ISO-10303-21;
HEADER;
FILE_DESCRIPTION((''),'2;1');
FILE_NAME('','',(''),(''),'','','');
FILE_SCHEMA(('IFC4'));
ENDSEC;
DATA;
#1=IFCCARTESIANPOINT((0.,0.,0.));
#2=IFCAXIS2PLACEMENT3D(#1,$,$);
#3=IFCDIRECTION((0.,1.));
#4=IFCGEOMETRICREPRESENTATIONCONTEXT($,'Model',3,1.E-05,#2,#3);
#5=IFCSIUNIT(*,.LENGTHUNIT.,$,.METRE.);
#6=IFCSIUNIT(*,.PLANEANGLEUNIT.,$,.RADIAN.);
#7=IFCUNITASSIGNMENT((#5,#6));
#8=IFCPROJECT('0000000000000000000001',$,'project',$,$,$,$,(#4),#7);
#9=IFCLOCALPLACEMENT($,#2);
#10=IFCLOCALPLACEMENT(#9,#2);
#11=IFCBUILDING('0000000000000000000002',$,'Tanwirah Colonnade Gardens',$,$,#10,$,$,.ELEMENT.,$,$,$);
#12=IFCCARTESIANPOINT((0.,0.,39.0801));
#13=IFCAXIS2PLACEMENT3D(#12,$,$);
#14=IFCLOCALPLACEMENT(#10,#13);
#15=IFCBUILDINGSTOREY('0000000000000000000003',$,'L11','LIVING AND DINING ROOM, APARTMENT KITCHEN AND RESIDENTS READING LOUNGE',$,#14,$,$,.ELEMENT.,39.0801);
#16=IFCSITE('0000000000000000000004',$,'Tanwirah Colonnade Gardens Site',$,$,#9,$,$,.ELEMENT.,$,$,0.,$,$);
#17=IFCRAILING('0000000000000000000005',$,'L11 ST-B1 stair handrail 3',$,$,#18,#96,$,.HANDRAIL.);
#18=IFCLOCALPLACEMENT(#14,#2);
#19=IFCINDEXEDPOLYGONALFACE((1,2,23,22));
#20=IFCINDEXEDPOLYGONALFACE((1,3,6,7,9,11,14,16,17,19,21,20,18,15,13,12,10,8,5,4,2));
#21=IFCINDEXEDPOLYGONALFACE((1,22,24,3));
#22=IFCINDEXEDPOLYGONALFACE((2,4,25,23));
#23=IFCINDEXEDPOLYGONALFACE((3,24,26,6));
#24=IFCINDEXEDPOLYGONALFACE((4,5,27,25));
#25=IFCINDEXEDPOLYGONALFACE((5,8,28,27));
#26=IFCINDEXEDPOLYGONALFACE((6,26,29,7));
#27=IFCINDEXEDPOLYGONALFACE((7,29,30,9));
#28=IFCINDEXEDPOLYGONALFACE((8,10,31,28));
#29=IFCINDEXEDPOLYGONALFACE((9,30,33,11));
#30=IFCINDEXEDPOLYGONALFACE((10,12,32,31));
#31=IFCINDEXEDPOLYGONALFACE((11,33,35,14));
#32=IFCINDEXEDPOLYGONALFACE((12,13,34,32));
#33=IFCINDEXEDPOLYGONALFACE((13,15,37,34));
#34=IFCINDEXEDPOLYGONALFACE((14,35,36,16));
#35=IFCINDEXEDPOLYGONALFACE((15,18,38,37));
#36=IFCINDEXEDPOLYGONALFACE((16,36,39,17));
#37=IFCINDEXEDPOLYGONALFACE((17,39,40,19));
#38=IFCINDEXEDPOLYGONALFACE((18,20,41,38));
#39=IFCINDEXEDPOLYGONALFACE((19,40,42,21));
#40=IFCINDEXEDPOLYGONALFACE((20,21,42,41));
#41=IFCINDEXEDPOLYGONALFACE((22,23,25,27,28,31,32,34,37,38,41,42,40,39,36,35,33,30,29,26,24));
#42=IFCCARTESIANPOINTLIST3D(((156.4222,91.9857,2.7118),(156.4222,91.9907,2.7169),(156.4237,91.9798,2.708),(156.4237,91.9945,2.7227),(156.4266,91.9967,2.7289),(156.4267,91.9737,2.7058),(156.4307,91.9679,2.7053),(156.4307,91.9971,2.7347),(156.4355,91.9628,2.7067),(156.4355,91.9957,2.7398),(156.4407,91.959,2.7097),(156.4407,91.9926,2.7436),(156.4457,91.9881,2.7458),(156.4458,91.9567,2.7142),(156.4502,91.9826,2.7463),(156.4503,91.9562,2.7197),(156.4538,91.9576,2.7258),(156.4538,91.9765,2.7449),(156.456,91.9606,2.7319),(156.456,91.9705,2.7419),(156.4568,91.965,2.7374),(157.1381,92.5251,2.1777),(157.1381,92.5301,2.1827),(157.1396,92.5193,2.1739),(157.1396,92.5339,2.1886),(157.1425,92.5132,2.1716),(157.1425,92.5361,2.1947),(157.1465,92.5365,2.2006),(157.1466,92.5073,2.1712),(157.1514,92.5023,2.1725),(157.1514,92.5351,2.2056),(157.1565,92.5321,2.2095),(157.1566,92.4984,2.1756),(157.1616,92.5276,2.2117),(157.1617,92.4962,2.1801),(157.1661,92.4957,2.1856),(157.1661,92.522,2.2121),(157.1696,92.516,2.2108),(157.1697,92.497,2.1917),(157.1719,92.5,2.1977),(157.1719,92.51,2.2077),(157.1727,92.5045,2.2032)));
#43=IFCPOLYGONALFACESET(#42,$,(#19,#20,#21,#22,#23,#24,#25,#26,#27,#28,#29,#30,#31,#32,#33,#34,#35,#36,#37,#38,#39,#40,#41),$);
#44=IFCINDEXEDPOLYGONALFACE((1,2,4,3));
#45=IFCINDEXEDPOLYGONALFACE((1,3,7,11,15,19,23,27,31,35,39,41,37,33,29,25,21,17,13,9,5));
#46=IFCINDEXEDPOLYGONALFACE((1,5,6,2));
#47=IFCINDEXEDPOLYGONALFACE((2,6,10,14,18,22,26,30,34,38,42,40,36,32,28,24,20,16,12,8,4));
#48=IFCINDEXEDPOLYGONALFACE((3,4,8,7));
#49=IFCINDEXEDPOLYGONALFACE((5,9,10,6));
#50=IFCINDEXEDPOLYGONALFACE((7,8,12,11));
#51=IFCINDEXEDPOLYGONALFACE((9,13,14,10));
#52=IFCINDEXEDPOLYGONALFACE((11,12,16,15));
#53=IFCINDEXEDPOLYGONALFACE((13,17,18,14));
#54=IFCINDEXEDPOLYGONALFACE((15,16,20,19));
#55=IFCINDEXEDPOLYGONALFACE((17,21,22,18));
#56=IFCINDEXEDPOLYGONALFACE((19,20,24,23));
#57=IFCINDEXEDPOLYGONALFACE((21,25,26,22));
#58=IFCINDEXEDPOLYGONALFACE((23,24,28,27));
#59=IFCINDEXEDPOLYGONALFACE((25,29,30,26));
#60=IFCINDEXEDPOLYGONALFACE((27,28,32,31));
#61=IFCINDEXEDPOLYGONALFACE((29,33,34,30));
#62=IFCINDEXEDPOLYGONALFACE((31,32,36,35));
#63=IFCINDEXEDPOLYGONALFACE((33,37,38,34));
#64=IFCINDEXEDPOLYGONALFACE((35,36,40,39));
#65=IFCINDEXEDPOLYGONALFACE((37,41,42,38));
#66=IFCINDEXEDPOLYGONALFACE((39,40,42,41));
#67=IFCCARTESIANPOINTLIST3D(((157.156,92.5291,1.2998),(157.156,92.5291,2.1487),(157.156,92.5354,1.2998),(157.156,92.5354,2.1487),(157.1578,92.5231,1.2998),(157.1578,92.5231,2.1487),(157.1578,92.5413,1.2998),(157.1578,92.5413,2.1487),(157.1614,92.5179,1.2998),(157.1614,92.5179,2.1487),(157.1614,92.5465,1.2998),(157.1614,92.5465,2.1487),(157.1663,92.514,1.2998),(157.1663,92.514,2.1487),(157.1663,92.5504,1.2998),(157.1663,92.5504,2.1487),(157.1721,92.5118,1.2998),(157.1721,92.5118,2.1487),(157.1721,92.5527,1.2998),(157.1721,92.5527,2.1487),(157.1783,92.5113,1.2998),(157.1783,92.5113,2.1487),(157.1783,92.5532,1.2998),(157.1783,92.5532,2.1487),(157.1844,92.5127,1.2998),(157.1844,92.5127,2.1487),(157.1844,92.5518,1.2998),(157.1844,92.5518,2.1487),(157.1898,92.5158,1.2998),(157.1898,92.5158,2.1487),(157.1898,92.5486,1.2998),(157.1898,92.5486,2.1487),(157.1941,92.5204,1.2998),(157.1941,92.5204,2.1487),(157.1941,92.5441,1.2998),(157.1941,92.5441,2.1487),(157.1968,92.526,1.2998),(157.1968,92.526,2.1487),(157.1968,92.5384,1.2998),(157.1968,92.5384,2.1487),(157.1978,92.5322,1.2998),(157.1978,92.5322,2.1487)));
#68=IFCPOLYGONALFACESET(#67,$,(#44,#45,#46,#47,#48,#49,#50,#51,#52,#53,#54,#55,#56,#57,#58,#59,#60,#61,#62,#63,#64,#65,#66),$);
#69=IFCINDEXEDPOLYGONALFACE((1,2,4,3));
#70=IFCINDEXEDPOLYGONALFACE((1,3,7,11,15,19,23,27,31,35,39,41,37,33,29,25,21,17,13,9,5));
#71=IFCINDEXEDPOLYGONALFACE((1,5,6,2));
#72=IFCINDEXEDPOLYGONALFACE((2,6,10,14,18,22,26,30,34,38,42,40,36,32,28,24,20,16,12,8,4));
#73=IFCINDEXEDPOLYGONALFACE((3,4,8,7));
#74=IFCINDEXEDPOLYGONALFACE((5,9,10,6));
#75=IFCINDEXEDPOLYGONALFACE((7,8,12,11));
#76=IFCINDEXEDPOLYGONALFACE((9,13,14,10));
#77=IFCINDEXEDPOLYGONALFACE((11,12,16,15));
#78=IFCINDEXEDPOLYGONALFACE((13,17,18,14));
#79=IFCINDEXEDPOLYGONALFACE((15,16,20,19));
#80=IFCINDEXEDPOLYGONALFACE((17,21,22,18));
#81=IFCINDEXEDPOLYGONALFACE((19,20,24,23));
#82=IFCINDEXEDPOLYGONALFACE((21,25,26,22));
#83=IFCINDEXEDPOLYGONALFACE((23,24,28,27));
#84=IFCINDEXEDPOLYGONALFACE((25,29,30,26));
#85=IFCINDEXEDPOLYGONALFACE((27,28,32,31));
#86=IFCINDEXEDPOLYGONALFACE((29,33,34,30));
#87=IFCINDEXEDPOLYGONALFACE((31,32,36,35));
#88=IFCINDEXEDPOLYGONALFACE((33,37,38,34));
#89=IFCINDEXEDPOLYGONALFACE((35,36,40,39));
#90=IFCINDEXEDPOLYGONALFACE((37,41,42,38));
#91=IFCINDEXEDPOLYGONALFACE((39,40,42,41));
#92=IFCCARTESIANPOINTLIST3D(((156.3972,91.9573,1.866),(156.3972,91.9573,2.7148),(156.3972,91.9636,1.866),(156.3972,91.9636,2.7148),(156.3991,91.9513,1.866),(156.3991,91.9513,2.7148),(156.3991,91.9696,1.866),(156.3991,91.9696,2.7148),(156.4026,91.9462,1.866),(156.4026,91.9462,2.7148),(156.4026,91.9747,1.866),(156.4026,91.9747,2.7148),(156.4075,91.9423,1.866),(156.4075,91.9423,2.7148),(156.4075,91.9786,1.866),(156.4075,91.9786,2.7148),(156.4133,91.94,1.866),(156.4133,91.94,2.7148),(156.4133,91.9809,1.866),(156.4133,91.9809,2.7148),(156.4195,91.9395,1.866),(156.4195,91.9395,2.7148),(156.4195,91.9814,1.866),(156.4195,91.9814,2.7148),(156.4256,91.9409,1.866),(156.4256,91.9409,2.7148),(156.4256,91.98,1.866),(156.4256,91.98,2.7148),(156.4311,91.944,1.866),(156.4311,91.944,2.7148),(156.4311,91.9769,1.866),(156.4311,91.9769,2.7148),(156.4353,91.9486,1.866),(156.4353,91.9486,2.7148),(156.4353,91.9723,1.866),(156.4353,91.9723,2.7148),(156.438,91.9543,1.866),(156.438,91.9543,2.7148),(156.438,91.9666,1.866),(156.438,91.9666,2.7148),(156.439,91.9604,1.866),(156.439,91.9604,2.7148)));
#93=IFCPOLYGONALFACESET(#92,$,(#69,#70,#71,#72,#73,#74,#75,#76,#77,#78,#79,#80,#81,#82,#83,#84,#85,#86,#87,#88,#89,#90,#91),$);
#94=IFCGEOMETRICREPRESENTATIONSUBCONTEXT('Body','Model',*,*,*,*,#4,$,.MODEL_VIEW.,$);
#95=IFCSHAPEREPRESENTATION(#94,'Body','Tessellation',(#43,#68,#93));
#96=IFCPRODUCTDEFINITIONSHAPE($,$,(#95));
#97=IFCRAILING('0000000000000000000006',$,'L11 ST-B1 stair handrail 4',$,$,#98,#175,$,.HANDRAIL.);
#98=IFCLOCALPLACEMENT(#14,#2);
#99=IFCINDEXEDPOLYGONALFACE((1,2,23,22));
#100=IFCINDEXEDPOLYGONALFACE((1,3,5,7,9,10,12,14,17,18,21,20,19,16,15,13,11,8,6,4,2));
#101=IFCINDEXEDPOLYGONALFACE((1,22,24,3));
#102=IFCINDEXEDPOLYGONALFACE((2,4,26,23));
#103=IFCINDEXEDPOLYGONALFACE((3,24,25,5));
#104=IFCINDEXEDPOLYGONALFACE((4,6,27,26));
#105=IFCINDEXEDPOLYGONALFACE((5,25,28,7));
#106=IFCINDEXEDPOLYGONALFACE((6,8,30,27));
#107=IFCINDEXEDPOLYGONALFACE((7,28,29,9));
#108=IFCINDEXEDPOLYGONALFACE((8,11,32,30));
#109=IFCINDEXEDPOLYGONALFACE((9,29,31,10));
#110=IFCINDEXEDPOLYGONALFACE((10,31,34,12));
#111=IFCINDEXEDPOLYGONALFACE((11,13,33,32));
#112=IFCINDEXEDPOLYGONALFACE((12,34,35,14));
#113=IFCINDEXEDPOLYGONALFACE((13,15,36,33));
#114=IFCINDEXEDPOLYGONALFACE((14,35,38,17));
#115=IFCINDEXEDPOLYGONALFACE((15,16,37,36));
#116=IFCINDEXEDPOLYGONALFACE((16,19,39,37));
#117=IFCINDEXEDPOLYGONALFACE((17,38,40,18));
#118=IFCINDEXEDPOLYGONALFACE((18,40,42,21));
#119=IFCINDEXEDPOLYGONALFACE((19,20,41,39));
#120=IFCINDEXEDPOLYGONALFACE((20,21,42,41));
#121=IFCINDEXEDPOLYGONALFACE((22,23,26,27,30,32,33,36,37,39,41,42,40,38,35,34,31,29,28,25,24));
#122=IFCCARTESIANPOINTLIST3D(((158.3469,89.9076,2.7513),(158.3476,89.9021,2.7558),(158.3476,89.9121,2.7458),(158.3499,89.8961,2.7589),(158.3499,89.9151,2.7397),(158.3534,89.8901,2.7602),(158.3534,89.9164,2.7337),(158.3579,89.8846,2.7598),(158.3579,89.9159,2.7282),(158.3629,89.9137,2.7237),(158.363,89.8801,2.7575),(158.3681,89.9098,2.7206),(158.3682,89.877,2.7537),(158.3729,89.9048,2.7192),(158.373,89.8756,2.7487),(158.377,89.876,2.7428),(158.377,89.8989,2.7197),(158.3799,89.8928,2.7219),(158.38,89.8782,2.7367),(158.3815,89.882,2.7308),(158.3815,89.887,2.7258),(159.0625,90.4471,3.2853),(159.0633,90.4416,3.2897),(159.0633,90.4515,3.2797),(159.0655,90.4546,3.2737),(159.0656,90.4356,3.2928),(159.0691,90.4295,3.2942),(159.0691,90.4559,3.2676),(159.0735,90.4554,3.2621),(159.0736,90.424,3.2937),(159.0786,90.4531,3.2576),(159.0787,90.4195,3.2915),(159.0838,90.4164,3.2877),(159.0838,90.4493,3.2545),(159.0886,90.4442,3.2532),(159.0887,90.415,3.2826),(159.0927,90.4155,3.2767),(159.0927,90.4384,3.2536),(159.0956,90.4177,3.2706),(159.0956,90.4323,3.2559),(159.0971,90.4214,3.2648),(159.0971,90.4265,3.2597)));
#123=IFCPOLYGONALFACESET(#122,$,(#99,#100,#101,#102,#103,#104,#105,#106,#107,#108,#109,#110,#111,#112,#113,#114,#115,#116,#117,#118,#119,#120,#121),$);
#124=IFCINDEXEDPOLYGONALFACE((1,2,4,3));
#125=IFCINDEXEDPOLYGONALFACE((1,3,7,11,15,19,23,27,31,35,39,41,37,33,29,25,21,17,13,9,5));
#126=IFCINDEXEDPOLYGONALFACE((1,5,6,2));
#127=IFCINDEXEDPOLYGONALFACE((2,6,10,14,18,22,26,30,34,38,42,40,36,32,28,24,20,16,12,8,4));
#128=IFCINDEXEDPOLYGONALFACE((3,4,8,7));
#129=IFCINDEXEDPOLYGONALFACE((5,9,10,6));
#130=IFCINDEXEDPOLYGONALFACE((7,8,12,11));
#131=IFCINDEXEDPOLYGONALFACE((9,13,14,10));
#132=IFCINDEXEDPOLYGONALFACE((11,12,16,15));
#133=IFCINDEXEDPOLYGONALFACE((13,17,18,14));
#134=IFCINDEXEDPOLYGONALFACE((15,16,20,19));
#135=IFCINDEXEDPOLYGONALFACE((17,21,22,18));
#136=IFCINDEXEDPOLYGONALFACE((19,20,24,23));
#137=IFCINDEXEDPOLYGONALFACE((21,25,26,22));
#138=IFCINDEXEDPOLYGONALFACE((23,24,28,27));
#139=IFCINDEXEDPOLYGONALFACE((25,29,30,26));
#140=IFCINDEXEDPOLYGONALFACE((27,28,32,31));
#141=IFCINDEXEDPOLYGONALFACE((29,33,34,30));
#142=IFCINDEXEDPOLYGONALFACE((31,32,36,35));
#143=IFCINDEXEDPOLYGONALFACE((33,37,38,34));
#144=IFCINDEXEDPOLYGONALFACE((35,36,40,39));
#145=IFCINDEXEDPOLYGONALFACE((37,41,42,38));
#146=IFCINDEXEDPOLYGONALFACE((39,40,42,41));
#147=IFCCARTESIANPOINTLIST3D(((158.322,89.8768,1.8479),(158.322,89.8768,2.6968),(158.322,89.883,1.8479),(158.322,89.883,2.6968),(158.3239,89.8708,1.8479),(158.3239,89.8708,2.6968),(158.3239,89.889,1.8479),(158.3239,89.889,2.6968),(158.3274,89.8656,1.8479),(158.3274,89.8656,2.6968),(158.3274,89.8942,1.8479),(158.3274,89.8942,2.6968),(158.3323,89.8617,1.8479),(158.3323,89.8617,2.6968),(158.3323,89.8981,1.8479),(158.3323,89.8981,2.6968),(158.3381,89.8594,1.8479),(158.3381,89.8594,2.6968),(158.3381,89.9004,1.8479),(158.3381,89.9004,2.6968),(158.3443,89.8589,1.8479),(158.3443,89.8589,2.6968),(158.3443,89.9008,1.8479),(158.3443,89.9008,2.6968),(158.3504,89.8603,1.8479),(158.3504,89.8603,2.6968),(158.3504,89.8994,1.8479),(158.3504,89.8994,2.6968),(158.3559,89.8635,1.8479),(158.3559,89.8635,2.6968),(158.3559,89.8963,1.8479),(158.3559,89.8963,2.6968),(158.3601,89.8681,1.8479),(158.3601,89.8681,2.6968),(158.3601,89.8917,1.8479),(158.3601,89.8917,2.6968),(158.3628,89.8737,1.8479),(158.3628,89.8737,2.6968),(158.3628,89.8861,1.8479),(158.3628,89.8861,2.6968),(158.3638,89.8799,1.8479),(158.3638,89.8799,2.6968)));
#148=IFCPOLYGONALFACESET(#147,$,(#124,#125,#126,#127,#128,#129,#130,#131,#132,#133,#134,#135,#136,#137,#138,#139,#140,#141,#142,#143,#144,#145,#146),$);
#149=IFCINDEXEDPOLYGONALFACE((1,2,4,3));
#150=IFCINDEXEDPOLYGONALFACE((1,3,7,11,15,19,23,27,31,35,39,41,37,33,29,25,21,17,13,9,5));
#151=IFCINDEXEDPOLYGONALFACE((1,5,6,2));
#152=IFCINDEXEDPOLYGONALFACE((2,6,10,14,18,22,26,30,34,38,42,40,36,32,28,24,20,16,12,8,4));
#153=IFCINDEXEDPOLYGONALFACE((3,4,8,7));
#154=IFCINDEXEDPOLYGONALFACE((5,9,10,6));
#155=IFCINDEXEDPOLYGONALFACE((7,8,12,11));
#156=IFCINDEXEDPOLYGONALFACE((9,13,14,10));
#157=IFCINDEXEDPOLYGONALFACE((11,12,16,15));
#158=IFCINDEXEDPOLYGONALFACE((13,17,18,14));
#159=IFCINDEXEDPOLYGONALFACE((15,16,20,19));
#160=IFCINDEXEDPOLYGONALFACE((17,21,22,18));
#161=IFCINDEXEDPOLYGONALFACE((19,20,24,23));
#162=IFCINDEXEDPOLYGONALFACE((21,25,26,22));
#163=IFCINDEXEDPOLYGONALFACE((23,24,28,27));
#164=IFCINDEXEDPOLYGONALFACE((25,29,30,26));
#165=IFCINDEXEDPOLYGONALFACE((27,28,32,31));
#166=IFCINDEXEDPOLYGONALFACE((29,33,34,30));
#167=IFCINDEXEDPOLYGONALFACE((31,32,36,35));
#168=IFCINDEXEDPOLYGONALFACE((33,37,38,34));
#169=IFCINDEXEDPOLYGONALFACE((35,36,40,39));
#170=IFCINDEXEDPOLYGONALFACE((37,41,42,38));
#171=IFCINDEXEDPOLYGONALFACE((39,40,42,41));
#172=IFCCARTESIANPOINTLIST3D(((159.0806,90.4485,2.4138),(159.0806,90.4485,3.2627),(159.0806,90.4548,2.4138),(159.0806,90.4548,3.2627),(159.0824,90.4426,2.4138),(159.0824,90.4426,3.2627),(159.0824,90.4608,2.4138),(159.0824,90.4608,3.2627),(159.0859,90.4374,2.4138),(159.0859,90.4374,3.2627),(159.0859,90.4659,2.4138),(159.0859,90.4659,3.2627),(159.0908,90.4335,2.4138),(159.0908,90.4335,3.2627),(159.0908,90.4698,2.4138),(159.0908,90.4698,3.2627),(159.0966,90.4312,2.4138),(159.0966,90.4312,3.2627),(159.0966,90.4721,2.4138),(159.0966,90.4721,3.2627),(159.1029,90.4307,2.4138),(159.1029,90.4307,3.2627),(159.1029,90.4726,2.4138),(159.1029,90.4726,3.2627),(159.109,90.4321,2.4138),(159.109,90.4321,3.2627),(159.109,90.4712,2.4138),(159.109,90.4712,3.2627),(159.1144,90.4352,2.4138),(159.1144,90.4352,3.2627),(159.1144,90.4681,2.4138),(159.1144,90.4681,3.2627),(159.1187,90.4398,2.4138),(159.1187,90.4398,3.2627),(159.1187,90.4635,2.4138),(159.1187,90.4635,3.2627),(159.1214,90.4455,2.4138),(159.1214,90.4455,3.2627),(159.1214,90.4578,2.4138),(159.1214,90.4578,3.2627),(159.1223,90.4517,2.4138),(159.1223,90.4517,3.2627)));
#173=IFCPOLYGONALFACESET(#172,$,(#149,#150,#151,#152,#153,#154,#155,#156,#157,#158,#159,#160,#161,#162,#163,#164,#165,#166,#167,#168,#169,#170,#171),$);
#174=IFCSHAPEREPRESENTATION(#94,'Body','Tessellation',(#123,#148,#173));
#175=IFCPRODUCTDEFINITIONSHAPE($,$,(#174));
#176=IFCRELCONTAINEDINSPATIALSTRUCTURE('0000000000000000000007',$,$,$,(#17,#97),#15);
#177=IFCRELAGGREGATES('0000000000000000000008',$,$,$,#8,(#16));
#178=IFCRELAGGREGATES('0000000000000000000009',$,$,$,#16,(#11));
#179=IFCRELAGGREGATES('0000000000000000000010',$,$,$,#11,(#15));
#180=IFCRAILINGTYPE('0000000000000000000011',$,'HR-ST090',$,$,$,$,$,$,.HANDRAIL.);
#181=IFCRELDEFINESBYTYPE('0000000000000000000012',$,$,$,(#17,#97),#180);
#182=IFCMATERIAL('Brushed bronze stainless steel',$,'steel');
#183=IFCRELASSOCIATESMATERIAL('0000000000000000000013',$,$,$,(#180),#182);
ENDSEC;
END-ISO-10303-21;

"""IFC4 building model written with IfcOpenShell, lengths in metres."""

from ifc_helpers import new_model, si_unit, direction, frame, origin, origin_2d, place, context, subcontext, project, spatial, circle, extrude, material, type_object, element, save


model = new_model("IFC4")

# Units and contexts
model_context = context("Model", 3, precision=1e-05, world=origin(), true_north=direction((0.0, 1.0)))
body_context = subcontext(model_context, "Body", "Model", "MODEL_VIEW")
ifc_project = project(units=[si_unit("LENGTHUNIT", "METRE"), si_unit("PLANEANGLEUNIT", "RADIAN")], contexts=[model_context])

# Site, building, storey
site_placement = place(None, origin())
site = spatial("IfcSite", under=ifc_project, at=site_placement, Name="Tanwirah Colonnade Gardens Site", CompositionType="ELEMENT", RefElevation=0.0)
building_placement = place(site_placement, origin())
building = spatial("IfcBuilding", under=site, at=building_placement, Name="Tanwirah Colonnade Gardens", CompositionType="ELEMENT")
storey_placement = place(building_placement, frame((0.0, 0.0, 39.0801)))
storey = spatial("IfcBuildingStorey", under=building, at=storey_placement, Name="L11", Description="LIVING AND DINING ROOM, APARTMENT KITCHEN AND RESIDENTS READING LOUNGE", CompositionType="ELEMENT", Elevation=39.0801)

# Railings
ifc_material_1 = material(Name="Brushed bronze stainless steel", Category="steel")
railing_type_1 = type_object("IfcRailingType", Name="HR-ST090", PredefinedType="HANDRAIL", material=ifc_material_1)
railing_1_placement = place(storey_placement, frame((157.1768, 92.5322, 1.2998)))
element("IfcRailing", 1, at=railing_1_placement, inside=storey, type_object=railing_type_1, Name="L11 ST-B1 stair handrail 3", PredefinedType="HANDRAIL", context=body_context, shape_type="SweptSolid", body=[
    extrude(circle(Radius=0.0239, at=origin_2d()), frame((-0.0215, -0.0161, 0.8918), z_axis=(-0.686068, -0.516979, 0.511902), x_axis=(0.601807, -0.798641, 0.0)), (0.0, 0.0, 1.0), 1.0435),
    extrude(circle(Radius=0.021, at=origin_2d()), origin(), (0.0, 0.0, 1.0), 0.8489),
    extrude(circle(Radius=0.021, at=origin_2d()), frame((-0.7588, -0.5718, 0.5662)), (0.0, 0.0, 1.0), 0.8489),
])
railing_2_placement = place(storey_placement, frame((158.3428, 89.8799, 1.8479)))
element("IfcRailing", 2, at=railing_2_placement, inside=storey, type_object=railing_type_1, Name="L11 ST-B1 stair handrail 4", PredefinedType="HANDRAIL", context=body_context, shape_type="SweptSolid", body=[
    extrude(circle(Radius=0.0239, at=origin_2d()), frame((0.0215, 0.0161, 0.8918), z_axis=(0.686028, 0.517116, 0.511817), x_axis=(-0.601931, 0.798548, 0.0)), (0.0, 0.0, 1.0), 1.0432),
    extrude(circle(Radius=0.021, at=origin_2d()), origin(), (0.0, 0.0, 1.0), 0.8489),
    extrude(circle(Radius=0.021, at=origin_2d()), frame((0.7585, 0.5718, 0.5659)), (0.0, 0.0, 1.0), 0.8489),
])

save(model, "model.ifc")
